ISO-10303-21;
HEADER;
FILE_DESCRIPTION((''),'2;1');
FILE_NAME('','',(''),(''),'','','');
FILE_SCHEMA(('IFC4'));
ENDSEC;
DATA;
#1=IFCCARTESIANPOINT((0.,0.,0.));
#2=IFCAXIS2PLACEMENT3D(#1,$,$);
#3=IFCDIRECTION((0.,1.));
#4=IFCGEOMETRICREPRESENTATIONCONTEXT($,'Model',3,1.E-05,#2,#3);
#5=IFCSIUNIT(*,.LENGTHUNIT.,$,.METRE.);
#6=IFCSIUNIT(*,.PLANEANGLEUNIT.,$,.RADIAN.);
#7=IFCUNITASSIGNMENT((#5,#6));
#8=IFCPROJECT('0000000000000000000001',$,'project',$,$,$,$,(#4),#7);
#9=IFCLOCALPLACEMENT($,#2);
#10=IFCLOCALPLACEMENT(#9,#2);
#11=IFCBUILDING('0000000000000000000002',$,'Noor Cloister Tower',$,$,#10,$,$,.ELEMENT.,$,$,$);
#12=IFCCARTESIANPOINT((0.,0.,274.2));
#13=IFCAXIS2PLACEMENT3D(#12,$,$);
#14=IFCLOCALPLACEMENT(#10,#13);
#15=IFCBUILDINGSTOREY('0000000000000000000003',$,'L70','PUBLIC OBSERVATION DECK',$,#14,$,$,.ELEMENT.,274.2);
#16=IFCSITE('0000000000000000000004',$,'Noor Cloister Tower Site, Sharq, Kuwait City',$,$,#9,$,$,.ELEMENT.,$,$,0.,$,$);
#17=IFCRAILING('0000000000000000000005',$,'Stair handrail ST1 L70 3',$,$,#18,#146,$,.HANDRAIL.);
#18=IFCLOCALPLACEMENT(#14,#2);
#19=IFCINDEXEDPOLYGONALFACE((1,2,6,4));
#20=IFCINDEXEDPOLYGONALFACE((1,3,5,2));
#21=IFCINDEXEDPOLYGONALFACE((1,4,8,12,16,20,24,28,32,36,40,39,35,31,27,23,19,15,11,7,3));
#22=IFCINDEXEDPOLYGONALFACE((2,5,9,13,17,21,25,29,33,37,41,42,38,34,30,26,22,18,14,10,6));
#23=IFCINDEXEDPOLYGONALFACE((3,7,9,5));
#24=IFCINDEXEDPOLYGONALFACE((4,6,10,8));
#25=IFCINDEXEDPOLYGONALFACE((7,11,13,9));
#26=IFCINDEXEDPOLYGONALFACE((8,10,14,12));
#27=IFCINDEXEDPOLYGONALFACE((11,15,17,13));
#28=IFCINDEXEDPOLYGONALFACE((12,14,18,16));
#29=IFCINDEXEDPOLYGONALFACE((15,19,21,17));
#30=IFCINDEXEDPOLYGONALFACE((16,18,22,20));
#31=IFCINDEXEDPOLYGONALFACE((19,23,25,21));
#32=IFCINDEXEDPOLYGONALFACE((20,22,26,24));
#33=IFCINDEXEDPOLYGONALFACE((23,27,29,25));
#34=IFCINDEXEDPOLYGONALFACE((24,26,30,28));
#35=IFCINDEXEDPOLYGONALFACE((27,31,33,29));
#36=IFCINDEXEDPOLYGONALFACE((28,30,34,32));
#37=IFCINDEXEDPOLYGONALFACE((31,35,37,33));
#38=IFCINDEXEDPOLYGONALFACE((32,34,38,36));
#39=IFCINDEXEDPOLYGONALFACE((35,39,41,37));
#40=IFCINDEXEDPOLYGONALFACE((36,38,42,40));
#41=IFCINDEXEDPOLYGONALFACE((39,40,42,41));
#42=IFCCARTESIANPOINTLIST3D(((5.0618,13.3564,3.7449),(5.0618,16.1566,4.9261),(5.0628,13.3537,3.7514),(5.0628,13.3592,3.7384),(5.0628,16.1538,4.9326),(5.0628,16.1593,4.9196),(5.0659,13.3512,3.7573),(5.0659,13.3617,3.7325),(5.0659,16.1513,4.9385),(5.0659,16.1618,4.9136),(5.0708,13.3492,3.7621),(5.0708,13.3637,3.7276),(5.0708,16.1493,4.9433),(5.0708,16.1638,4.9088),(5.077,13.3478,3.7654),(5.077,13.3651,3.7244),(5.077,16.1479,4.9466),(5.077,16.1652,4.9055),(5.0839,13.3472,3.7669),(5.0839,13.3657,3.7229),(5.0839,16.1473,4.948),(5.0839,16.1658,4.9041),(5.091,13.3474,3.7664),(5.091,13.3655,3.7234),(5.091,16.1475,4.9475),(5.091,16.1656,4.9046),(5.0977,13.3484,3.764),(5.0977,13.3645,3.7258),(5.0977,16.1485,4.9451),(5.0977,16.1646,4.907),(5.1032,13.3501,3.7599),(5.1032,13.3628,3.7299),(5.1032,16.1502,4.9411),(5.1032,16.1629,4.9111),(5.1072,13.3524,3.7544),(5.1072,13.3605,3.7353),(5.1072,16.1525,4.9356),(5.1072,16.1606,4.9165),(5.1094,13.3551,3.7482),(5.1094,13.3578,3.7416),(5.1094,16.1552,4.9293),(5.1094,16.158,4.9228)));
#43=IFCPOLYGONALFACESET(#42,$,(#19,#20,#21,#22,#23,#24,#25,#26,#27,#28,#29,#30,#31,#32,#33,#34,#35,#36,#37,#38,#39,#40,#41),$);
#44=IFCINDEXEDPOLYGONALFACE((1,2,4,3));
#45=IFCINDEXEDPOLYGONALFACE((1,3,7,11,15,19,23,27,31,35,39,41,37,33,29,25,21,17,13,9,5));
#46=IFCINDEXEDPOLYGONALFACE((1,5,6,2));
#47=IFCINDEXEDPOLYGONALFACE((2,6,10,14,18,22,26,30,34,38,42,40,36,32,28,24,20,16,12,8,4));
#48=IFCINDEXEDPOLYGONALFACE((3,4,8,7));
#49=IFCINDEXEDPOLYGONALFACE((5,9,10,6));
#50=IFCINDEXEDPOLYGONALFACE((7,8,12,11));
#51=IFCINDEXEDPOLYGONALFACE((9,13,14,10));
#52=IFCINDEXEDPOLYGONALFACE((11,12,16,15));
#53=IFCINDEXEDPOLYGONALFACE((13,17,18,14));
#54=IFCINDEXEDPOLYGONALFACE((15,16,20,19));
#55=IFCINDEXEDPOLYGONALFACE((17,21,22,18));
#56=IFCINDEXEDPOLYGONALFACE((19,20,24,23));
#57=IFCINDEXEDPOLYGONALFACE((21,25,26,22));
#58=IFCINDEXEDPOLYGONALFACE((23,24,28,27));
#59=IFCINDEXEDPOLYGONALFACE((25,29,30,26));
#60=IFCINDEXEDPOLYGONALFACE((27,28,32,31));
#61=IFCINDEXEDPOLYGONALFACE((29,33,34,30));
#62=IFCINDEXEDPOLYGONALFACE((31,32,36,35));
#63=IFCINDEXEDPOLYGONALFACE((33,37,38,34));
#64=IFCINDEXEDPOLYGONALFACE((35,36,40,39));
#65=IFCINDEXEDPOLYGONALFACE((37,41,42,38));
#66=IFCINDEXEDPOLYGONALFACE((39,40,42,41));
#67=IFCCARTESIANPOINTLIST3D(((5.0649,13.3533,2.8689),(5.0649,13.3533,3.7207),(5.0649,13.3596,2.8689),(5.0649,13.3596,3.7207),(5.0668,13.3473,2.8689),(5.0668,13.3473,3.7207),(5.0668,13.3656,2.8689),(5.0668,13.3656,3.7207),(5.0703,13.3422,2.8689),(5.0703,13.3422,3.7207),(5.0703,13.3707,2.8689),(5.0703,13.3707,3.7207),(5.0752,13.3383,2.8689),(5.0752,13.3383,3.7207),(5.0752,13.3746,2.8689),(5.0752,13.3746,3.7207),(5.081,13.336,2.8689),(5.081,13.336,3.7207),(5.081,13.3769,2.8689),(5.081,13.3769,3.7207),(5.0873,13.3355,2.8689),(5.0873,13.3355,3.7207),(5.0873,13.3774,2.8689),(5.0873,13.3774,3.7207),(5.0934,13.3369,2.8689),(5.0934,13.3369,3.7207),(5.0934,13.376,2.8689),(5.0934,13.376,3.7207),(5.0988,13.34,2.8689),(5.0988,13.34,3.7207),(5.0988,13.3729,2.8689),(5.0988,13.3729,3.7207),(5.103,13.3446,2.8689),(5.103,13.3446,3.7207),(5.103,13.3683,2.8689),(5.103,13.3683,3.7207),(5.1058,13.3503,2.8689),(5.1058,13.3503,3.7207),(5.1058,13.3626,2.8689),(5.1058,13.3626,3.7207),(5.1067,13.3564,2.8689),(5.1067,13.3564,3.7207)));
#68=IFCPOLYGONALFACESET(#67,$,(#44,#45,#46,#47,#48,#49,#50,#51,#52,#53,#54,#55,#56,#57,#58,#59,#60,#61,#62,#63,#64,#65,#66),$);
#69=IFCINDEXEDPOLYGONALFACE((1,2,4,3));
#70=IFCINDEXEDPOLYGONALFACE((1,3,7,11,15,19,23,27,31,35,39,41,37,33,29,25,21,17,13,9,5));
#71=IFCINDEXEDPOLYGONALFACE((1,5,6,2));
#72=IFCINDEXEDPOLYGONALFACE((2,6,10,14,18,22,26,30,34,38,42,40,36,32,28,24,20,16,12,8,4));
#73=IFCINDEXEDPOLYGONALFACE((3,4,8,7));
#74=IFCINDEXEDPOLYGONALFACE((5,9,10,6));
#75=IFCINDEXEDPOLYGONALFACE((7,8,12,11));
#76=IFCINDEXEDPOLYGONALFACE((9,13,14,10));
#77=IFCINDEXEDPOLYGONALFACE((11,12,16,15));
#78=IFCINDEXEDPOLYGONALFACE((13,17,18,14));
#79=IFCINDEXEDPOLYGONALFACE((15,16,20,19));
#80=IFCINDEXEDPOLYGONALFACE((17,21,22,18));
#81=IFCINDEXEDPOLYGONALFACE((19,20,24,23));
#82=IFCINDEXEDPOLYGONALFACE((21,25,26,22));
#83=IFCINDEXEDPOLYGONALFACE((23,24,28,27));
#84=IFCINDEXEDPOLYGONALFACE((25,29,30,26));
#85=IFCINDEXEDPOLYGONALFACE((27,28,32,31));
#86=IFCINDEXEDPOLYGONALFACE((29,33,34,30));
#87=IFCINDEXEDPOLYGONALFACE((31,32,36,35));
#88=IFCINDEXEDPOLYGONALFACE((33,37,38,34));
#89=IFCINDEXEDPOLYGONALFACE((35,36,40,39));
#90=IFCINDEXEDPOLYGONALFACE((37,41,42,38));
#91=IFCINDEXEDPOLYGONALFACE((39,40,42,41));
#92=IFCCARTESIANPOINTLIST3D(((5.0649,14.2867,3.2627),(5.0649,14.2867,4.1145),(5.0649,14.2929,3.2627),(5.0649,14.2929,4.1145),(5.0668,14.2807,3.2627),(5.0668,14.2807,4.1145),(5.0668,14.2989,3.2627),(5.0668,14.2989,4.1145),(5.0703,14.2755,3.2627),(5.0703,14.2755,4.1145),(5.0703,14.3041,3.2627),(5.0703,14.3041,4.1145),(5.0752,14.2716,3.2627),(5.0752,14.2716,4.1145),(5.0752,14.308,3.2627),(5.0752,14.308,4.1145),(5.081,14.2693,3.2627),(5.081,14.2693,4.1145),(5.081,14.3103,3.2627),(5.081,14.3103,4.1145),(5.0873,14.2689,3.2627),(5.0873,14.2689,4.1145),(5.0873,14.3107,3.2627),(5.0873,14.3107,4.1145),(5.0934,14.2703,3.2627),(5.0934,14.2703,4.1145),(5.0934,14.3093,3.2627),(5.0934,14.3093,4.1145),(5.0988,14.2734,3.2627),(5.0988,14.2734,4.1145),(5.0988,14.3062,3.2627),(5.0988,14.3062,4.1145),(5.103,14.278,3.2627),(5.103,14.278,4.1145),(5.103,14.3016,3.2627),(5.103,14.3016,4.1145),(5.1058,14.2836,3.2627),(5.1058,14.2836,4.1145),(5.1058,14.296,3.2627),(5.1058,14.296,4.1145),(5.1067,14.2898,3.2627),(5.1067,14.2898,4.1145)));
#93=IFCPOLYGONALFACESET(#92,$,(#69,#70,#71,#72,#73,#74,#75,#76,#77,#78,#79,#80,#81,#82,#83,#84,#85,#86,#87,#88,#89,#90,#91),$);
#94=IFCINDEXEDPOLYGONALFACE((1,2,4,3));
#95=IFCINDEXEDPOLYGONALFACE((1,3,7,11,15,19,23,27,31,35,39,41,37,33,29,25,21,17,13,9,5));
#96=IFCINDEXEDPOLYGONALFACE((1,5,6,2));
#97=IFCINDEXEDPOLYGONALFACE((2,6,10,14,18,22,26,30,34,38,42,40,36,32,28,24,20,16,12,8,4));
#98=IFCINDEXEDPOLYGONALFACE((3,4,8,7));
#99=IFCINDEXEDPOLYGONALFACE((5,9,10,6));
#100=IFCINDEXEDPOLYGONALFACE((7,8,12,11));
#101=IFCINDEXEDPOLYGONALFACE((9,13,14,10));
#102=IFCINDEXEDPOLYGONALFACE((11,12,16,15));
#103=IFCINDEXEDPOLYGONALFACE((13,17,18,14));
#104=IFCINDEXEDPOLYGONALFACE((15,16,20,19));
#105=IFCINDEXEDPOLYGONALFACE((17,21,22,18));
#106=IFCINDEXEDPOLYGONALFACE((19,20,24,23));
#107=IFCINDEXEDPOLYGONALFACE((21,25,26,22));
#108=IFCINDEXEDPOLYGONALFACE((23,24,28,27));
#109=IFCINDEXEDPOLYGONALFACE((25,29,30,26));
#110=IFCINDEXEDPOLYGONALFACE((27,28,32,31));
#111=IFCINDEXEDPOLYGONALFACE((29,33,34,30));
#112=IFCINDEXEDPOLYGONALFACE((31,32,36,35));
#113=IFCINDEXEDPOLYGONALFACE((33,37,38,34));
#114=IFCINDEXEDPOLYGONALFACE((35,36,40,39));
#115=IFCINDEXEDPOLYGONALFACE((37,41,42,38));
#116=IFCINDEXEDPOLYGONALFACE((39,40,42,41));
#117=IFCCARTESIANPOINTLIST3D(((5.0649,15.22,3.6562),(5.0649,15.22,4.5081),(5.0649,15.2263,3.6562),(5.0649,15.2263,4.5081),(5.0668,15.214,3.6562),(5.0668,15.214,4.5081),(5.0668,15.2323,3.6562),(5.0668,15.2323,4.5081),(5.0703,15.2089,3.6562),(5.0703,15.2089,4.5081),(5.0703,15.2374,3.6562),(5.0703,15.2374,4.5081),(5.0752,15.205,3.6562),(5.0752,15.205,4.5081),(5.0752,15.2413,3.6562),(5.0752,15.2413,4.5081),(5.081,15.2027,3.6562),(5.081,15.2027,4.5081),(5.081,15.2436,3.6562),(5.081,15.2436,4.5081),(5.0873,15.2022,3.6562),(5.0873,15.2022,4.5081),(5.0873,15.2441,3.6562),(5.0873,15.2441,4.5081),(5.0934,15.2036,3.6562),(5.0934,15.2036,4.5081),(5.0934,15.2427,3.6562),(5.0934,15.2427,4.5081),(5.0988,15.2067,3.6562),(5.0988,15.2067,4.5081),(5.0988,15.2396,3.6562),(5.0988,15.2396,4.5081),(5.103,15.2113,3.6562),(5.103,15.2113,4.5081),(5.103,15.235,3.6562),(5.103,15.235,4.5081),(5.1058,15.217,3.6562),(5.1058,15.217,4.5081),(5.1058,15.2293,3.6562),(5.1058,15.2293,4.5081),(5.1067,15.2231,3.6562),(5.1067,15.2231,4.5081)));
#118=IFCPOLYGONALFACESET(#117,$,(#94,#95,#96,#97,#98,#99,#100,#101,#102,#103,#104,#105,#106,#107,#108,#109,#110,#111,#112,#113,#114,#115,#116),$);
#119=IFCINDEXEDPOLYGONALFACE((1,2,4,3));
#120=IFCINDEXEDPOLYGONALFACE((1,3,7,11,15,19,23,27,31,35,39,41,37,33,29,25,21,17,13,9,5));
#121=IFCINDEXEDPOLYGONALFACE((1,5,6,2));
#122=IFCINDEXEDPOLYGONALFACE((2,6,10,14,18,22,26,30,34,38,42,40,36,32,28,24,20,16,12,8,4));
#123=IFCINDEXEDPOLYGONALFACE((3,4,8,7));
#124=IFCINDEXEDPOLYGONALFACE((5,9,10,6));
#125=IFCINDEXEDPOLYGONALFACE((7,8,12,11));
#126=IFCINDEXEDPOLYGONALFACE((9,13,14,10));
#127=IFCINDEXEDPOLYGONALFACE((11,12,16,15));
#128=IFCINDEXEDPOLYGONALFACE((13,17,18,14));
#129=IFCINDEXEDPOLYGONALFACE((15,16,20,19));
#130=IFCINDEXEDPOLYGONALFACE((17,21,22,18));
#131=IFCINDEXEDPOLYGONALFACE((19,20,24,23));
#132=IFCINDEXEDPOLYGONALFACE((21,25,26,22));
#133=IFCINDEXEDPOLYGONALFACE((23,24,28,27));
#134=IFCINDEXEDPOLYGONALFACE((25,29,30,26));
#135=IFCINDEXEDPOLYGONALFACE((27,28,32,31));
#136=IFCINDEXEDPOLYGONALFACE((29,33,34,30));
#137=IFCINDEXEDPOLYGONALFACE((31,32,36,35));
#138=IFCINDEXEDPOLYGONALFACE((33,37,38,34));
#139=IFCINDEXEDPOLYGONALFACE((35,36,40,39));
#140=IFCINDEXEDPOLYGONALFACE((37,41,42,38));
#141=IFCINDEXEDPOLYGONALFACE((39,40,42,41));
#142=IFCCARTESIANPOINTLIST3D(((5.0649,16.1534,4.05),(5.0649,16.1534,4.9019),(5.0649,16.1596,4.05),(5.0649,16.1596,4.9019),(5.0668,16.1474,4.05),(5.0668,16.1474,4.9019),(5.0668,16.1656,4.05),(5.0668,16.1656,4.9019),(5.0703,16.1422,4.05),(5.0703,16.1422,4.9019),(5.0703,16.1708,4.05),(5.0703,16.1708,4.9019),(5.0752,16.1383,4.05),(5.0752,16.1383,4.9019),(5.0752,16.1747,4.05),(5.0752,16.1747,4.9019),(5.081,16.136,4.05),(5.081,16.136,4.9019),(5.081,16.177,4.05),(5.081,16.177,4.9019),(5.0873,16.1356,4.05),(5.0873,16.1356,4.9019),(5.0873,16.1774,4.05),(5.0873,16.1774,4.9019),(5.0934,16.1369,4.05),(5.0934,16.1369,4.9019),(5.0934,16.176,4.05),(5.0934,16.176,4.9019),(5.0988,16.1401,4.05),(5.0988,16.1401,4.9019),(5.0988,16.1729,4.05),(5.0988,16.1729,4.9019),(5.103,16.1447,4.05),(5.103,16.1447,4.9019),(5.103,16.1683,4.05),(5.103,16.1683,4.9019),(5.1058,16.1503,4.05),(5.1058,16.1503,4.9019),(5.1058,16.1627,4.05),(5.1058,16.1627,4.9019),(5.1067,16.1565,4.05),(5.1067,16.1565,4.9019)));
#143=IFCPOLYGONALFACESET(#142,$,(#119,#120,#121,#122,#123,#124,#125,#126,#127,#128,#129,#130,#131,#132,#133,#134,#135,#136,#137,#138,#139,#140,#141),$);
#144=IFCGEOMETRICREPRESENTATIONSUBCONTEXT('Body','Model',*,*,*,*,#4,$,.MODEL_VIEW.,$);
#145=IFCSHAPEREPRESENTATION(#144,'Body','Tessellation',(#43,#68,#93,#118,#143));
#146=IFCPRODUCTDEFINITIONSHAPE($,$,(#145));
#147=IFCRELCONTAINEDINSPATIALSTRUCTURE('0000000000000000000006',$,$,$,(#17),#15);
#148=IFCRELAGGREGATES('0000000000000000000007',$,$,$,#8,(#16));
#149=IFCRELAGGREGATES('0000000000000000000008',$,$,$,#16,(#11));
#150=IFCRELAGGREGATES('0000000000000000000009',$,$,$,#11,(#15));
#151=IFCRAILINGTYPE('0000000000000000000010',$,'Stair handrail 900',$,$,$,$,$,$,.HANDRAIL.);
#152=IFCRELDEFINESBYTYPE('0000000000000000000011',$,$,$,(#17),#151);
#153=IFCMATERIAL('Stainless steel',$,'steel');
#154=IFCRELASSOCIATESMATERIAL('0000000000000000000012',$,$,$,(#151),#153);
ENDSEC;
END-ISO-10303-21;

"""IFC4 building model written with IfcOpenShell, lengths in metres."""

from ifc_helpers import new_model, si_unit, direction, frame, origin, origin_2d, place, context, subcontext, project, spatial, circle, extrude, material, type_object, element, save


model = new_model("IFC4")

# Units and contexts
model_context = context("Model", 3, precision=1e-05, world=origin(), true_north=direction((0.0, 1.0)))
body_context = subcontext(model_context, "Body", "Model", "MODEL_VIEW")
ifc_project = project(units=[si_unit("LENGTHUNIT", "METRE"), si_unit("PLANEANGLEUNIT", "RADIAN")], contexts=[model_context])

# Site, building, storey
site_placement = place(None, origin())
site = spatial("IfcSite", under=ifc_project, at=site_placement, Name="Noor Cloister Tower Site, Sharq, Kuwait City", CompositionType="ELEMENT", RefElevation=0.0)
building_placement = place(site_placement, origin())
building = spatial("IfcBuilding", under=site, at=building_placement, Name="Noor Cloister Tower", CompositionType="ELEMENT")
storey_placement = place(building_placement, frame((0.0, 0.0, 274.2)))
storey = spatial("IfcBuildingStorey", under=building, at=storey_placement, Name="L70", Description="PUBLIC OBSERVATION DECK", CompositionType="ELEMENT", Elevation=274.2)

# Railing
ifc_material_1 = material(Name="Stainless steel", Category="steel")
railing_type_1 = type_object("IfcRailingType", Name="Stair handrail 900", PredefinedType="HANDRAIL", material=ifc_material_1)
railing_1_placement = place(storey_placement, frame((5.0857, 13.3564, 2.8689)))
element("IfcRailing", 1, at=railing_1_placement, inside=storey, type_object=railing_type_1, Name="Stair handrail ST1 L70 3", PredefinedType="HANDRAIL", context=body_context, shape_type="SweptSolid", body=[
    extrude(circle(Radius=0.0239, at=origin_2d()), frame((0.0, 0.0, 0.876), z_axis=(0.0, 0.921378, 0.388667), x_axis=(-1.0, 0.0, 0.0)), (0.0, 0.0, 1.0), 3.0391),
    extrude(circle(Radius=0.021, at=origin_2d()), origin(), (0.0, 0.0, 1.0), 0.8518),
    extrude(circle(Radius=0.021, at=origin_2d()), frame((0.0, 0.9333, 0.3938)), (0.0, 0.0, 1.0), 0.8518),
    extrude(circle(Radius=0.021, at=origin_2d()), frame((0.0, 1.8667, 0.7874)), (0.0, 0.0, 1.0), 0.8518),
    extrude(circle(Radius=0.021, at=origin_2d()), frame((0.0, 2.8, 1.1812)), (0.0, 0.0, 1.0), 0.8518),
])

save(model, "model.ifc")
